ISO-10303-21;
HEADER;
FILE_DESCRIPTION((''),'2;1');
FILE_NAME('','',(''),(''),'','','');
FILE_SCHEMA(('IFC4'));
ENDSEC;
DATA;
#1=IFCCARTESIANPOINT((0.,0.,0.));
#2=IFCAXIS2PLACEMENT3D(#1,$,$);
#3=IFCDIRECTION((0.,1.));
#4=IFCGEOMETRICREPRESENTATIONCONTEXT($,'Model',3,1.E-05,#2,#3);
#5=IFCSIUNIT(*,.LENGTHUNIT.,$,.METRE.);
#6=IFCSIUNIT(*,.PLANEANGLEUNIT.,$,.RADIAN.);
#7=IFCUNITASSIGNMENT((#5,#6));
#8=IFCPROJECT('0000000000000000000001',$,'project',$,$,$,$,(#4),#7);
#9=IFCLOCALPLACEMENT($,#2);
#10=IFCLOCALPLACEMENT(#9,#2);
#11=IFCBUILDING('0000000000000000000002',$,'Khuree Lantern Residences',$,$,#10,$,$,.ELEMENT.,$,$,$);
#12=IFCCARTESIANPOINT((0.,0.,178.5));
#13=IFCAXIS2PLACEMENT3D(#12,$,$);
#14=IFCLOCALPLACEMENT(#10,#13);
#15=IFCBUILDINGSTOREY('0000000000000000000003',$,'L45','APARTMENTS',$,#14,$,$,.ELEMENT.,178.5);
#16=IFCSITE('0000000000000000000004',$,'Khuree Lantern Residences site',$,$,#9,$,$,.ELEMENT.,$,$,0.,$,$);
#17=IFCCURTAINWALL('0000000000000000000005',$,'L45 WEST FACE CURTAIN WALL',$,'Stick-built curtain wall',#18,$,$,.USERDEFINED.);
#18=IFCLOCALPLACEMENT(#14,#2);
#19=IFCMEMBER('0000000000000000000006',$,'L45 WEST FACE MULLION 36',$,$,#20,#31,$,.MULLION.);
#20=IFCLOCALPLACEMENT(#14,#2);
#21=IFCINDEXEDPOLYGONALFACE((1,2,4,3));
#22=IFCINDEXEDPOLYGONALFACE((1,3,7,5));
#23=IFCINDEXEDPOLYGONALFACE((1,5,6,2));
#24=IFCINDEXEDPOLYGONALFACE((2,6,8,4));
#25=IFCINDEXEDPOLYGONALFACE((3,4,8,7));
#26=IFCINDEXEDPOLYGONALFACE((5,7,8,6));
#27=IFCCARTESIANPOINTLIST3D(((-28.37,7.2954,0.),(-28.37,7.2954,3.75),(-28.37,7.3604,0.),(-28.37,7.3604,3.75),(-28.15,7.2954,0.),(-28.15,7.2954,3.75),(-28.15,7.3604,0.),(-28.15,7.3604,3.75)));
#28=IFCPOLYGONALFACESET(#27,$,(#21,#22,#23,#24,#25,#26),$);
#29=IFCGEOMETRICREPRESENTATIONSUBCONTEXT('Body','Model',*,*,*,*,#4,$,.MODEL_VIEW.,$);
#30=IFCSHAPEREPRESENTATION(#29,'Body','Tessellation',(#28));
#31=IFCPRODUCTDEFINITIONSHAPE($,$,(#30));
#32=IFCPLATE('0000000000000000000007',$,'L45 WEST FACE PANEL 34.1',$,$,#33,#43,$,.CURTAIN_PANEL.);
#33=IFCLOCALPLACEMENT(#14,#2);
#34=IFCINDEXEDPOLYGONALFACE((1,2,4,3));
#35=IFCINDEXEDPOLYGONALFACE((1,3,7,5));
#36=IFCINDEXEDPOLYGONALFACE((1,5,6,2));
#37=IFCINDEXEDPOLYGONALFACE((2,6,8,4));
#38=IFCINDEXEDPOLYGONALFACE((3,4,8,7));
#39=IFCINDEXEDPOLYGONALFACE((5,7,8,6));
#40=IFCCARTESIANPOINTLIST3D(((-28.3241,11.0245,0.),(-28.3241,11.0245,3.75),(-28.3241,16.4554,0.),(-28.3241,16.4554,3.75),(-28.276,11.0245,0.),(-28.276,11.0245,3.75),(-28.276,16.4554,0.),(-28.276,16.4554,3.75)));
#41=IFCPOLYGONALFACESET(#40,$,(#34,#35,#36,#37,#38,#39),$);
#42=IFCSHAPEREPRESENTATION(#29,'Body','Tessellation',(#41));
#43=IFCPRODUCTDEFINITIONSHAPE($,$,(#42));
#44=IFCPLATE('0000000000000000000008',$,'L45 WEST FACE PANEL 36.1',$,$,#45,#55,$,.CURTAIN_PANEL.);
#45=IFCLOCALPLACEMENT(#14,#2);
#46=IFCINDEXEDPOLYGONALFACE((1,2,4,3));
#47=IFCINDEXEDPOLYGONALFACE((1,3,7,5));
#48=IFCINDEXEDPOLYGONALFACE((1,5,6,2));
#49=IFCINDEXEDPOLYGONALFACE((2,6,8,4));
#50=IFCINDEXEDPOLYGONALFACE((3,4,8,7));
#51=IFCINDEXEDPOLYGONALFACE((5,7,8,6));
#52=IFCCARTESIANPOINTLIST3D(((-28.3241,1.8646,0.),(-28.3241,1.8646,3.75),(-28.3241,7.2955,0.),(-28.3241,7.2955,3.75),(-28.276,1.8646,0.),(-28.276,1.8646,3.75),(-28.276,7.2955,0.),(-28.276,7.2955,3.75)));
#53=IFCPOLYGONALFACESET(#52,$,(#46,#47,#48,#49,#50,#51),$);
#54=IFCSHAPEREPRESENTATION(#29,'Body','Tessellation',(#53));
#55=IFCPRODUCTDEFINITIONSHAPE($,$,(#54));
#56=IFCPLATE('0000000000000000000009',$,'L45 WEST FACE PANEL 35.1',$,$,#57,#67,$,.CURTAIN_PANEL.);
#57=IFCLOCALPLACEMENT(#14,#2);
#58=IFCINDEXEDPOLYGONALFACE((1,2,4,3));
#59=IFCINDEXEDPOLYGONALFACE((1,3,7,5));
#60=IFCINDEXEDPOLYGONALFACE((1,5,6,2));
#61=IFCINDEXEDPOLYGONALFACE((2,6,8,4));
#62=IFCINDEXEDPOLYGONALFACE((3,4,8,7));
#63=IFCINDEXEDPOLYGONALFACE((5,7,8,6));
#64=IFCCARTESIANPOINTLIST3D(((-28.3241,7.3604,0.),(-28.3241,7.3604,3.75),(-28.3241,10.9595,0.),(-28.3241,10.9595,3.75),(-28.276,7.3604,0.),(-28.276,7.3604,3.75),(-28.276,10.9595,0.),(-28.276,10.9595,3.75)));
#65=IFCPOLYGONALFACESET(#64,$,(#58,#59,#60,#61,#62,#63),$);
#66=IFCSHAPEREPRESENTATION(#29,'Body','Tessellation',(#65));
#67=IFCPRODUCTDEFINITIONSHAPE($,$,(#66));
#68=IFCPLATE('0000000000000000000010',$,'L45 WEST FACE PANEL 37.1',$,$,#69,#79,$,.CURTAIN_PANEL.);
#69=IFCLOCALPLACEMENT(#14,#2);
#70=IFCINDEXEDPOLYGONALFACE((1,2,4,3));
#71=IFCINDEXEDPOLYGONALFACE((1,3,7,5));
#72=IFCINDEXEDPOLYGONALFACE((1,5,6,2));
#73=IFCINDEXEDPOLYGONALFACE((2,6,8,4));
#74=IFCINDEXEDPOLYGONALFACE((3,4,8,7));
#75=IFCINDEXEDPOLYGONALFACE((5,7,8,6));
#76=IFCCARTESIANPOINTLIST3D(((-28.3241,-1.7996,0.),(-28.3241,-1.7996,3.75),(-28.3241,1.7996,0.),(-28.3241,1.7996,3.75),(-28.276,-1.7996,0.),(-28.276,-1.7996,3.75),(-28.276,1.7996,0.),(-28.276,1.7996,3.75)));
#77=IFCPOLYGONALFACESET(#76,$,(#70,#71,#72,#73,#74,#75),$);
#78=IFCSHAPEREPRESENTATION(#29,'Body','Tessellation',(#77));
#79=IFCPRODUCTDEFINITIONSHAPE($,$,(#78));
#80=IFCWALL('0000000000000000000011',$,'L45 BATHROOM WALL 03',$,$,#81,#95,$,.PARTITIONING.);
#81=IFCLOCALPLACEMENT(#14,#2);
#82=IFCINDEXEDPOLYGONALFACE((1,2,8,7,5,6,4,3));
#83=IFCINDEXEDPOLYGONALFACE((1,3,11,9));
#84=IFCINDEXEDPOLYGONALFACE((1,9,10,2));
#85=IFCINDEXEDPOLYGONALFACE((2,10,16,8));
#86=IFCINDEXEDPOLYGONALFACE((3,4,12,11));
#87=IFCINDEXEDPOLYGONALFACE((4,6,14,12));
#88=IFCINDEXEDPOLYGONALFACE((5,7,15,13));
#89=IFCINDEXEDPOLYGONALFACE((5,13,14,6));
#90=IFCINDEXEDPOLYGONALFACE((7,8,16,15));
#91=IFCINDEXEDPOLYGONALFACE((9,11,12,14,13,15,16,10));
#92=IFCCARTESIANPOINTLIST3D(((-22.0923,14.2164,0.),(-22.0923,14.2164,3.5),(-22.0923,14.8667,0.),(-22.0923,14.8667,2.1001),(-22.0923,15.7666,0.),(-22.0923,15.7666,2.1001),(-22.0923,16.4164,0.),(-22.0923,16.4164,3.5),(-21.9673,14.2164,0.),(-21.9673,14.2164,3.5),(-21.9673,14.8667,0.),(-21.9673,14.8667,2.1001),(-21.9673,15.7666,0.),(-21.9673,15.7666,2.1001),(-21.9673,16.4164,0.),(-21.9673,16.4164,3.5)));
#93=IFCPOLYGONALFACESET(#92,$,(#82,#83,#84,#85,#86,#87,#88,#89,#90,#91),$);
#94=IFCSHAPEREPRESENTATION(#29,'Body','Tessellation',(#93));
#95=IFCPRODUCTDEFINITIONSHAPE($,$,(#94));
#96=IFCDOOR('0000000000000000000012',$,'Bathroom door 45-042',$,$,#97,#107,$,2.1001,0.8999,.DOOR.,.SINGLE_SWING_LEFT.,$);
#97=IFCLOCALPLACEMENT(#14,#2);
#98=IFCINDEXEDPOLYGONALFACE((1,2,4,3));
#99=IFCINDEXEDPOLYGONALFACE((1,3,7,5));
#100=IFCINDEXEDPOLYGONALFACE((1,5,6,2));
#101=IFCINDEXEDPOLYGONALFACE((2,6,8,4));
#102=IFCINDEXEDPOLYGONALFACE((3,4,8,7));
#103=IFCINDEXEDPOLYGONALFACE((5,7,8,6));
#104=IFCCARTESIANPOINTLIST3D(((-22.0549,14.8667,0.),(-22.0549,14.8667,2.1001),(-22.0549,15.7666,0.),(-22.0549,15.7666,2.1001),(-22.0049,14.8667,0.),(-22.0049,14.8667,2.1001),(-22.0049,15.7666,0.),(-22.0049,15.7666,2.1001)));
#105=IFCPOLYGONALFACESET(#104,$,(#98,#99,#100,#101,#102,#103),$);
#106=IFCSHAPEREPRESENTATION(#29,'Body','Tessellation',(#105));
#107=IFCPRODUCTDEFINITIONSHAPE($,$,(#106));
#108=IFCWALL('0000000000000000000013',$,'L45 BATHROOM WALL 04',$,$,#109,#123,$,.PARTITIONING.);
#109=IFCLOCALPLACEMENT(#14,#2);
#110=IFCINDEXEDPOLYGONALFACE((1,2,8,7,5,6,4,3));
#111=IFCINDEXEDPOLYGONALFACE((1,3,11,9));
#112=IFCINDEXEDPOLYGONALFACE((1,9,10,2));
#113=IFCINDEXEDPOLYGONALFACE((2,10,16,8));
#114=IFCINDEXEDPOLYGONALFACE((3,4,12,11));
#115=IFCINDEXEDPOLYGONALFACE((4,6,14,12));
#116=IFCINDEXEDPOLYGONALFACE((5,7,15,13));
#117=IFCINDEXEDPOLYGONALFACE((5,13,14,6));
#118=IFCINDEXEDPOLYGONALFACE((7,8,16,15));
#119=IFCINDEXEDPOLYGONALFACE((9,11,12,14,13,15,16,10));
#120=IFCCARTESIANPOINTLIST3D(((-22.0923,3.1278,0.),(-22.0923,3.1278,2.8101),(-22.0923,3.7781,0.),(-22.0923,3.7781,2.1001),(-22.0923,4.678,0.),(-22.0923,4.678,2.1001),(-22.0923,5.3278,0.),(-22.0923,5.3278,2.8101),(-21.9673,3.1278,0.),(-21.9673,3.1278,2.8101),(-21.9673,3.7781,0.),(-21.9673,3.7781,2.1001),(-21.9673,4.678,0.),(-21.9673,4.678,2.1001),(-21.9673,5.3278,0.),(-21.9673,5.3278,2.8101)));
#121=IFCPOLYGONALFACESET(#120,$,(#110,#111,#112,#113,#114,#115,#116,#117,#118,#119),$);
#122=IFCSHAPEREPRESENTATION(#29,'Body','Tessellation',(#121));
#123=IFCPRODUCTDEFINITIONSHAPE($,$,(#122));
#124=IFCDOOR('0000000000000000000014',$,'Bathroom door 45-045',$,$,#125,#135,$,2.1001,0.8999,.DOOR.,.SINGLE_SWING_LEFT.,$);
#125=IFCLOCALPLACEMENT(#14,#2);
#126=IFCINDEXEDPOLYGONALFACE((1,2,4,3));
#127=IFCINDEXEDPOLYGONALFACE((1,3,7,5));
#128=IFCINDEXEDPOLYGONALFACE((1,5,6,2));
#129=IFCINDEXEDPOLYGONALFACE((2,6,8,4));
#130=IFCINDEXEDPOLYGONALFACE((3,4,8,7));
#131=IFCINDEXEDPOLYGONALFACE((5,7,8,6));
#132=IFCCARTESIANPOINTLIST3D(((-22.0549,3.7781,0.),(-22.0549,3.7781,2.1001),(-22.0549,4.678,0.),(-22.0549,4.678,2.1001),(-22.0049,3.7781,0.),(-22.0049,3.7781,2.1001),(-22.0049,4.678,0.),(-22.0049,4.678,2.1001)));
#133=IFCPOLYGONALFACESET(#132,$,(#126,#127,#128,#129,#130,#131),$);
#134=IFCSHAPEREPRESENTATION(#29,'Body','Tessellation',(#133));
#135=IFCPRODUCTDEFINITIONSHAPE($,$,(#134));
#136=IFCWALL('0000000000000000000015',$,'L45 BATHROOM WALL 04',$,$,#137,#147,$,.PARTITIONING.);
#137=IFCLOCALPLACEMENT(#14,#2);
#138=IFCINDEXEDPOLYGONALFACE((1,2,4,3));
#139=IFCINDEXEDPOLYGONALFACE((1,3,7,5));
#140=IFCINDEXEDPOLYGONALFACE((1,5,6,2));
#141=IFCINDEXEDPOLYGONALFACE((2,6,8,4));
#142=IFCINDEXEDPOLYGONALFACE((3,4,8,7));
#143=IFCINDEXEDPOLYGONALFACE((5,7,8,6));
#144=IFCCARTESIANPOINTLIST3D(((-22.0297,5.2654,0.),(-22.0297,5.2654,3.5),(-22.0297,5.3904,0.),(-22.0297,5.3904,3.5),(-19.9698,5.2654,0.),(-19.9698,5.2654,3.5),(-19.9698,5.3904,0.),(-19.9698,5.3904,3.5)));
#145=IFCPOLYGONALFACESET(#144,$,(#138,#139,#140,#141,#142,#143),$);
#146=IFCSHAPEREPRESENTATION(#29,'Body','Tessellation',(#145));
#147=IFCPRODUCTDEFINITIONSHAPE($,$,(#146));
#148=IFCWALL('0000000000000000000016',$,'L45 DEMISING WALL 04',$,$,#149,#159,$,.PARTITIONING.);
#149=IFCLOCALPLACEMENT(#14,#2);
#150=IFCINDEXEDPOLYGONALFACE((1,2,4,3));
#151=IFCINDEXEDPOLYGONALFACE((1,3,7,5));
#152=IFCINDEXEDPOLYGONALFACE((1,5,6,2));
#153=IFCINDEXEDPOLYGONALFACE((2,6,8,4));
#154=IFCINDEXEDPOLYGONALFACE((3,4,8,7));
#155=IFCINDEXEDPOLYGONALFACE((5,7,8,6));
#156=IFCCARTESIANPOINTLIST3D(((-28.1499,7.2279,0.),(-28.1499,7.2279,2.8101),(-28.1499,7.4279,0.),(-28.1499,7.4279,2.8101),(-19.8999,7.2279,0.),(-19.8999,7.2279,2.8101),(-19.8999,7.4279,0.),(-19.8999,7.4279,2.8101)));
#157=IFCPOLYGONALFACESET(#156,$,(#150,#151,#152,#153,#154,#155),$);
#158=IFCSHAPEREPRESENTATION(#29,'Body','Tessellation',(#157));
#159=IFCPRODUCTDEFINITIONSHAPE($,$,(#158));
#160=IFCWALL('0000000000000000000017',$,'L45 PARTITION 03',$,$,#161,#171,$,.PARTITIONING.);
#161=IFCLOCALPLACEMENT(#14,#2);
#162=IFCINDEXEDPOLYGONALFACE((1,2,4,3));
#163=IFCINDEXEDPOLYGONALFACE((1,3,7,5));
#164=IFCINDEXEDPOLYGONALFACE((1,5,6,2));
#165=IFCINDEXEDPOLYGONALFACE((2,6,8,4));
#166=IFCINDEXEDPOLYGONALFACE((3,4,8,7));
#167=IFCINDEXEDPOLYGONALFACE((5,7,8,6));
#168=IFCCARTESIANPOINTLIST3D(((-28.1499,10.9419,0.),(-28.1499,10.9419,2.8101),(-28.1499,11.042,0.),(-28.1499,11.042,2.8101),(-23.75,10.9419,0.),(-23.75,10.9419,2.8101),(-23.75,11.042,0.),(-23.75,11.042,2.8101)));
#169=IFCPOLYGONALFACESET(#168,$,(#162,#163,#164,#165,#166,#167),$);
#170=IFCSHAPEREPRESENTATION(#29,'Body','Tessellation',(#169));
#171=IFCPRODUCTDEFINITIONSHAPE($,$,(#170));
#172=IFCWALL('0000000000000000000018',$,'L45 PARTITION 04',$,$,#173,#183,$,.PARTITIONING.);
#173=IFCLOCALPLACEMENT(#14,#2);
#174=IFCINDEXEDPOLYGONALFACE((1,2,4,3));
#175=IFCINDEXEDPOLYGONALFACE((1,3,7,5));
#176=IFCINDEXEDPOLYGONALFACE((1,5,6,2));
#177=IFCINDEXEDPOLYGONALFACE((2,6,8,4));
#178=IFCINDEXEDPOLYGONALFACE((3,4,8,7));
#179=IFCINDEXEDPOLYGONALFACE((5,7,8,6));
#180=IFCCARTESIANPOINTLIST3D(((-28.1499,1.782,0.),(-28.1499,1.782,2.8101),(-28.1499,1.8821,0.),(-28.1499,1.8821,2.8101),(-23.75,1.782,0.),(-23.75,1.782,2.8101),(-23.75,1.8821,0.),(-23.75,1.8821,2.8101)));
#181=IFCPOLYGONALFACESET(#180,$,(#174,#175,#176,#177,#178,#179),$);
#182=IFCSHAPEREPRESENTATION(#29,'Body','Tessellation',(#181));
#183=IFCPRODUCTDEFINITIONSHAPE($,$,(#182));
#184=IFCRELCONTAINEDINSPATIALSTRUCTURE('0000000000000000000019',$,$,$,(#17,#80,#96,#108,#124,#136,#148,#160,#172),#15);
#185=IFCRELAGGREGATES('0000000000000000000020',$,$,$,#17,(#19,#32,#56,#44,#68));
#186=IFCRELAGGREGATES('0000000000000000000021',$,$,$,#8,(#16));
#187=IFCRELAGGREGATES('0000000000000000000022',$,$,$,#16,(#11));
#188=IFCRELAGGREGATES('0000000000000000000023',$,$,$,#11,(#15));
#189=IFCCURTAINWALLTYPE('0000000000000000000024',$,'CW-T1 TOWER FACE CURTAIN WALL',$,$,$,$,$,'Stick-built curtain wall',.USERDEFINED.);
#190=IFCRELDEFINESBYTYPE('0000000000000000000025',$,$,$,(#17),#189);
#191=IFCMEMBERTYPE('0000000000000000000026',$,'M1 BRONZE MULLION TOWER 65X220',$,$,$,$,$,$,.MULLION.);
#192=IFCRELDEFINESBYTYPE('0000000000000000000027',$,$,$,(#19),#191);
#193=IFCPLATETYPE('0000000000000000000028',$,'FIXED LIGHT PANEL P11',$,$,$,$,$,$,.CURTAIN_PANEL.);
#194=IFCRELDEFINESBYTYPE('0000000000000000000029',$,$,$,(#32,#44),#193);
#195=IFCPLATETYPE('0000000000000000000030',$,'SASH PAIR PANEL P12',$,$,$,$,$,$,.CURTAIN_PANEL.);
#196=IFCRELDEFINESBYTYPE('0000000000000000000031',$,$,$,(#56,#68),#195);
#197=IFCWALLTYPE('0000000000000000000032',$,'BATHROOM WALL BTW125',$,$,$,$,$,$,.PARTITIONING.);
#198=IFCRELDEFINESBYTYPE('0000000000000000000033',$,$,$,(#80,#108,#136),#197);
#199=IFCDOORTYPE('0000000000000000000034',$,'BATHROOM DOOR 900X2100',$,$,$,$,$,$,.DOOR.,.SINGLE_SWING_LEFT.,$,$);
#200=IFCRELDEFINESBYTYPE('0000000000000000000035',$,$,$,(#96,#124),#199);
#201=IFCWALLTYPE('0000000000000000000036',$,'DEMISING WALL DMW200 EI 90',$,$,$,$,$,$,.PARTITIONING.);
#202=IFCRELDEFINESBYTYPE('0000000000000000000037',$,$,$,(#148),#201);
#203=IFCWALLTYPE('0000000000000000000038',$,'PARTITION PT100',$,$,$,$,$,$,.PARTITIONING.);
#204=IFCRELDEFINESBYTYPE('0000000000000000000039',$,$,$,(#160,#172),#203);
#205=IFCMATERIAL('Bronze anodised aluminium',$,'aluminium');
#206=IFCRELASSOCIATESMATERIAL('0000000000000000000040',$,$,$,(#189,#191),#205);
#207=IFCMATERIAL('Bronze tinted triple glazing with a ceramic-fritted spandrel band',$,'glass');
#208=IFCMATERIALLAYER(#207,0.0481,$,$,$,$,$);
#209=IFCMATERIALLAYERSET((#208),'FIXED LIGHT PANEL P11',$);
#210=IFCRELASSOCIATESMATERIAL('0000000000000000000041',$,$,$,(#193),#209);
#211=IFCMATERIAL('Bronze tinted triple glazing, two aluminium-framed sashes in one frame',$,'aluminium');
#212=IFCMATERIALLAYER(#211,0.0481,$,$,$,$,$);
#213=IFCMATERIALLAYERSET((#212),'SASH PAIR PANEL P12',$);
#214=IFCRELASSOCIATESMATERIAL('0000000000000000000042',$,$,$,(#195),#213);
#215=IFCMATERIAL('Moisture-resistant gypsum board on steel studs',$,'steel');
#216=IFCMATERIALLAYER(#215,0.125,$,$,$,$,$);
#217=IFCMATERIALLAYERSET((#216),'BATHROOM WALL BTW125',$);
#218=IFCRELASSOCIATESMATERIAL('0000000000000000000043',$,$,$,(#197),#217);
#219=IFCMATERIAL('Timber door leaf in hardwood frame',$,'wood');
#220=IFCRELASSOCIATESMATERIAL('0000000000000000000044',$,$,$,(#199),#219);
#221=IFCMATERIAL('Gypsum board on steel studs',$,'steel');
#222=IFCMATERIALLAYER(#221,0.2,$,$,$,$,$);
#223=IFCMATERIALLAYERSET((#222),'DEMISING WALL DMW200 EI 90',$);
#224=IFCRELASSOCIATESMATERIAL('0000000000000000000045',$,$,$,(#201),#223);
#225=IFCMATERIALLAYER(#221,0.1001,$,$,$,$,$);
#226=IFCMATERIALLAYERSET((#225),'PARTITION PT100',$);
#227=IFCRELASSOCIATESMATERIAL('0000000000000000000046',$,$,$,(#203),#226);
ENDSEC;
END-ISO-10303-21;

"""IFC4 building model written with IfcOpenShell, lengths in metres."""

from ifc_helpers import new_model, si_unit, direction, frame, frame_2d, origin, origin_2d, place, context, subcontext, project, spatial, rectangle, extrude, material, layer, layer_set, material_profile, profile_set, type_object, element, fill, aggregate, save


model = new_model("IFC4")

# Units and contexts
model_context = context("Model", 3, precision=1e-05, world=origin(), true_north=direction((0.0, 1.0)))
body_context = subcontext(model_context, "Body", "Model", "MODEL_VIEW")
ifc_project = project(units=[si_unit("LENGTHUNIT", "METRE"), si_unit("PLANEANGLEUNIT", "RADIAN")], contexts=[model_context])

# Site, building, storey
site_placement = place(None, origin())
site = spatial("IfcSite", under=ifc_project, at=site_placement, Name="Khuree Lantern Residences site", CompositionType="ELEMENT", RefElevation=0.0)
building_placement = place(site_placement, origin())
building = spatial("IfcBuilding", under=site, at=building_placement, Name="Khuree Lantern Residences", CompositionType="ELEMENT")
storey_placement = place(building_placement, frame((0.0, 0.0, 178.5)))
storey = spatial("IfcBuildingStorey", under=building, at=storey_placement, Name="L45", Description="APARTMENTS", CompositionType="ELEMENT", Elevation=178.5)

# Curtain wall
ifc_material_1 = material(Name="Bronze anodised aluminium", Category="aluminium")
curtain_wall_type = type_object("IfcCurtainWallType", Name="CW-T1 TOWER FACE CURTAIN WALL", ElementType="Stick-built curtain wall", PredefinedType="USERDEFINED", material=ifc_material_1)
curtain_wall_placement = place(storey_placement, origin())
curtain_wall = element("IfcCurtainWall", 1, at=curtain_wall_placement, inside=storey, type_object=curtain_wall_type, Name="L45 WEST FACE CURTAIN WALL", ObjectType="Stick-built curtain wall", PredefinedType="USERDEFINED")

# Member
ifc_material_profile_1 = material_profile(ifc_material_1, rectangle(XDim=0.0649, YDim=0.22, at=origin_2d()), Name="M1 65X220")
ifc_profile_set_1 = profile_set([ifc_material_profile_1], Name="Bronze anodised aluminium")
member_type_1 = type_object("IfcMemberType", Name="M1 BRONZE MULLION TOWER 65X220", PredefinedType="MULLION", material=ifc_profile_set_1)
member_1_placement = place(storey_placement, frame((-28.26, 7.3279, 0.0), z_axis=(0.0, 0.0, 1.0), x_axis=(0.0, -1.0, 0.0)))
member_1 = element("IfcMember", 2, at=member_1_placement, type_object=member_type_1, Name="L45 WEST FACE MULLION 36", PredefinedType="MULLION", context=body_context, shape_type="SweptSolid", body=[
    extrude(rectangle(XDim=0.0649, YDim=0.22, at=origin_2d()), origin(), (0.0, 0.0, 1.0), 3.75),
])

# Plates
ifc_material_2 = material(Name="Bronze tinted triple glazing with a ceramic-fritted spandrel band", Category="glass")
ifc_layer_1 = layer(ifc_material_2, 0.0481)
ifc_layer_set_1 = layer_set([ifc_layer_1], Name="FIXED LIGHT PANEL P11")
plate_type_1 = type_object("IfcPlateType", Name="FIXED LIGHT PANEL P11", PredefinedType="CURTAIN_PANEL", material=ifc_layer_set_1)
plate_1_placement = place(storey_placement, frame((-28.3, 13.74, 0.0), z_axis=(0.0, 0.0, 1.0), x_axis=(0.0, -1.0, 0.0)))
plate_1 = element("IfcPlate", 3, at=plate_1_placement, type_object=plate_type_1, Name="L45 WEST FACE PANEL 34.1", PredefinedType="CURTAIN_PANEL", context=body_context, shape_type="SweptSolid", body=[
    extrude(rectangle(XDim=5.4309, YDim=0.0481, at=origin_2d()), origin(), (0.0, 0.0, 1.0), 3.75),
])
plate_2_placement = place(storey_placement, frame((-28.3, 4.5801, 0.0), z_axis=(0.0, 0.0, 1.0), x_axis=(0.0, -1.0, 0.0)))
plate_2 = element("IfcPlate", 4, at=plate_2_placement, type_object=plate_type_1, Name="L45 WEST FACE PANEL 36.1", PredefinedType="CURTAIN_PANEL", context=body_context, shape_type="SweptSolid", body=[
    extrude(rectangle(XDim=5.4309, YDim=0.0481, at=origin_2d()), origin(), (0.0, 0.0, 1.0), 3.75),
])
ifc_material_3 = material(Name="Bronze tinted triple glazing, two aluminium-framed sashes in one frame", Category="aluminium")
ifc_layer_2 = layer(ifc_material_3, 0.0481)
ifc_layer_set_2 = layer_set([ifc_layer_2], Name="SASH PAIR PANEL P12")
plate_type_2 = type_object("IfcPlateType", Name="SASH PAIR PANEL P12", PredefinedType="CURTAIN_PANEL", material=ifc_layer_set_2)
plate_3_placement = place(storey_placement, frame((-28.3, 9.1599, 0.0), z_axis=(0.0, 0.0, 1.0), x_axis=(0.0, -1.0, 0.0)))
plate_3 = element("IfcPlate", 5, at=plate_3_placement, type_object=plate_type_2, Name="L45 WEST FACE PANEL 35.1", PredefinedType="CURTAIN_PANEL", context=body_context, shape_type="SweptSolid", body=[
    extrude(rectangle(XDim=3.5991, YDim=0.0481, at=origin_2d()), origin(), (0.0, 0.0, 1.0), 3.75),
])
plate_4_placement = place(storey_placement, frame((-28.3, 0.0, 0.0), z_axis=(0.0, 0.0, 1.0), x_axis=(0.0, -1.0, 0.0)))
plate_4 = element("IfcPlate", 6, at=plate_4_placement, type_object=plate_type_2, Name="L45 WEST FACE PANEL 37.1", PredefinedType="CURTAIN_PANEL", context=body_context, shape_type="SweptSolid", body=[
    extrude(rectangle(XDim=3.5991, YDim=0.0481, at=origin_2d()), origin(), (0.0, 0.0, 1.0), 3.75),
])
aggregate(curtain_wall, [member_1, plate_1, plate_3, plate_2, plate_4])

# Walls, openings, doors
ifc_material_4 = material(Name="Moisture-resistant gypsum board on steel studs", Category="steel")
ifc_layer_3 = layer(ifc_material_4, 0.125)
ifc_layer_set_3 = layer_set([ifc_layer_3], Name="BATHROOM WALL BTW125")
wall_type_1 = type_object("IfcWallType", Name="BATHROOM WALL BTW125", PredefinedType="PARTITIONING", material=ifc_layer_set_3)
wall_1_placement = place(storey_placement, frame((-22.0298, 16.4165, 0.0), z_axis=(0.0, 0.0, 1.0), x_axis=(0.0, -1.0, 0.0)))
wall_1 = element("IfcWall", 7, at=wall_1_placement, inside=storey, type_object=wall_type_1, Name="L45 BATHROOM WALL 03", PredefinedType="PARTITIONING", context=body_context, shape_type="SweptSolid", body=[
    extrude(rectangle(XDim=2.2, YDim=0.125, at=frame_2d((1.1001, 0.0))), origin(), (0.0, 0.0, 1.0), 3.5),
])
opening_1_placement = place(wall_1_placement, frame((0.6499, 0.0, 0.0)))
opening_1 = element("IfcOpeningElement", 8, at=opening_1_placement, cuts=wall_1, PredefinedType="OPENING", context=body_context, shape_type="SweptSolid", body=[
    extrude(rectangle(XDim=0.8999, YDim=2.1001, at=frame_2d((0.45, 1.05))), frame((0.0, 0.0725, 0.0), z_axis=(0.0, -1.0, 0.0), x_axis=(1.0, 0.0, 0.0)), (0.0, 0.0, 1.0), 0.145),
])
ifc_material_5 = material(Name="Timber door leaf in hardwood frame", Category="wood")
door_type_1 = type_object("IfcDoorType", Name="BATHROOM DOOR 900X2100", OperationType="SINGLE_SWING_LEFT", PredefinedType="DOOR", material=ifc_material_5)
door_1_placement = place(opening_1_placement, origin())
door_1 = element("IfcDoor", 9, at=door_1_placement, inside=storey, type_object=door_type_1, Name="Bathroom door 45-042", OperationType="SINGLE_SWING_LEFT", OverallHeight=2.1001, OverallWidth=0.8999, PredefinedType="DOOR", context=body_context, shape_type="SweptSolid", body=[
    extrude(rectangle(XDim=0.8999, YDim=2.1001, at=frame_2d((0.45, 1.05))), frame((0.0, 0.0249, 0.0), z_axis=(0.0, -1.0, 0.0), x_axis=(1.0, 0.0, 0.0)), (0.0, 0.0, 1.0), 0.05),
])
fill(opening_1, door_1)
wall_2_placement = place(storey_placement, frame((-22.0298, 5.3279, 0.0), z_axis=(0.0, 0.0, 1.0), x_axis=(0.0, -1.0, 0.0)))
wall_2 = element("IfcWall", 10, at=wall_2_placement, inside=storey, type_object=wall_type_1, Name="L45 BATHROOM WALL 04", PredefinedType="PARTITIONING", context=body_context, shape_type="SweptSolid", body=[
    extrude(rectangle(XDim=2.2, YDim=0.125, at=frame_2d((1.1001, 0.0))), origin(), (0.0, 0.0, 1.0), 2.8101),
])
opening_2_placement = place(wall_2_placement, frame((0.6499, 0.0, 0.0)))
opening_2 = element("IfcOpeningElement", 11, at=opening_2_placement, cuts=wall_2, PredefinedType="OPENING", context=body_context, shape_type="SweptSolid", body=[
    extrude(rectangle(XDim=0.8999, YDim=2.1001, at=frame_2d((0.45, 1.05))), frame((0.0, 0.0725, 0.0), z_axis=(0.0, -1.0, 0.0), x_axis=(1.0, 0.0, 0.0)), (0.0, 0.0, 1.0), 0.145),
])
door_2_placement = place(opening_2_placement, origin())
door_2 = element("IfcDoor", 12, at=door_2_placement, inside=storey, type_object=door_type_1, Name="Bathroom door 45-045", OperationType="SINGLE_SWING_LEFT", OverallHeight=2.1001, OverallWidth=0.8999, PredefinedType="DOOR", context=body_context, shape_type="SweptSolid", body=[
    extrude(rectangle(XDim=0.8999, YDim=2.1001, at=frame_2d((0.45, 1.05))), frame((0.0, 0.0249, 0.0), z_axis=(0.0, -1.0, 0.0), x_axis=(1.0, 0.0, 0.0)), (0.0, 0.0, 1.0), 0.05),
])
fill(opening_2, door_2)

# Walls
wall_3_placement = place(storey_placement, frame((-19.97, 5.3279, 0.0), z_axis=(0.0, 0.0, 1.0), x_axis=(-1.0, 0.0, 0.0)))
element("IfcWall", 13, at=wall_3_placement, inside=storey, type_object=wall_type_1, Name="L45 BATHROOM WALL 04", PredefinedType="PARTITIONING", context=body_context, shape_type="SweptSolid", body=[
    extrude(rectangle(XDim=2.0598, YDim=0.125, at=frame_2d((1.0298, 0.0))), origin(), (0.0, 0.0, 1.0), 3.5),
])
ifc_material_6 = material(Name="Gypsum board on steel studs", Category="steel")
ifc_layer_4 = layer(ifc_material_6, 0.2)
ifc_layer_set_4 = layer_set([ifc_layer_4], Name="DEMISING WALL DMW200 EI 90")
wall_type_2 = type_object("IfcWallType", Name="DEMISING WALL DMW200 EI 90", PredefinedType="PARTITIONING", material=ifc_layer_set_4)
wall_4_placement = place(storey_placement, frame((-19.8999, 7.3279, 0.0), z_axis=(0.0, 0.0, 1.0), x_axis=(-1.0, 0.0, 0.0)))
element("IfcWall", 14, at=wall_4_placement, inside=storey, type_object=wall_type_2, Name="L45 DEMISING WALL 04", PredefinedType="PARTITIONING", context=body_context, shape_type="SweptSolid", body=[
    extrude(rectangle(XDim=8.25, YDim=0.2, at=frame_2d((4.125, 0.0))), origin(), (0.0, 0.0, 1.0), 2.8101),
])
ifc_layer_5 = layer(ifc_material_6, 0.1001)
ifc_layer_set_5 = layer_set([ifc_layer_5], Name="PARTITION PT100")
wall_type_3 = type_object("IfcWallType", Name="PARTITION PT100", PredefinedType="PARTITIONING", material=ifc_layer_set_5)
for number, where, z_axis, x_axis, name in (
    (15, (-23.75, 10.9919, 0.0), (0.0, 0.0, 1.0), (-1.0, 0.0, 0.0), "L45 PARTITION 03"),
    (16, (-23.75, 1.832, 0.0), (0.0, 0.0, 1.0), (-1.0, 0.0, 0.0), "L45 PARTITION 04"),
):
    element("IfcWall", number, at=place(storey_placement, frame(where, z_axis=z_axis, x_axis=x_axis)), inside=storey, type_object=wall_type_3, Name=name, PredefinedType="PARTITIONING", context=body_context, shape_type="SweptSolid", body=[
        extrude(rectangle(XDim=4.3999, YDim=0.1001, at=frame_2d((2.2, 0.0))), origin(), (0.0, 0.0, 1.0), 2.8101),
    ])

save(model, "model.ifc")
